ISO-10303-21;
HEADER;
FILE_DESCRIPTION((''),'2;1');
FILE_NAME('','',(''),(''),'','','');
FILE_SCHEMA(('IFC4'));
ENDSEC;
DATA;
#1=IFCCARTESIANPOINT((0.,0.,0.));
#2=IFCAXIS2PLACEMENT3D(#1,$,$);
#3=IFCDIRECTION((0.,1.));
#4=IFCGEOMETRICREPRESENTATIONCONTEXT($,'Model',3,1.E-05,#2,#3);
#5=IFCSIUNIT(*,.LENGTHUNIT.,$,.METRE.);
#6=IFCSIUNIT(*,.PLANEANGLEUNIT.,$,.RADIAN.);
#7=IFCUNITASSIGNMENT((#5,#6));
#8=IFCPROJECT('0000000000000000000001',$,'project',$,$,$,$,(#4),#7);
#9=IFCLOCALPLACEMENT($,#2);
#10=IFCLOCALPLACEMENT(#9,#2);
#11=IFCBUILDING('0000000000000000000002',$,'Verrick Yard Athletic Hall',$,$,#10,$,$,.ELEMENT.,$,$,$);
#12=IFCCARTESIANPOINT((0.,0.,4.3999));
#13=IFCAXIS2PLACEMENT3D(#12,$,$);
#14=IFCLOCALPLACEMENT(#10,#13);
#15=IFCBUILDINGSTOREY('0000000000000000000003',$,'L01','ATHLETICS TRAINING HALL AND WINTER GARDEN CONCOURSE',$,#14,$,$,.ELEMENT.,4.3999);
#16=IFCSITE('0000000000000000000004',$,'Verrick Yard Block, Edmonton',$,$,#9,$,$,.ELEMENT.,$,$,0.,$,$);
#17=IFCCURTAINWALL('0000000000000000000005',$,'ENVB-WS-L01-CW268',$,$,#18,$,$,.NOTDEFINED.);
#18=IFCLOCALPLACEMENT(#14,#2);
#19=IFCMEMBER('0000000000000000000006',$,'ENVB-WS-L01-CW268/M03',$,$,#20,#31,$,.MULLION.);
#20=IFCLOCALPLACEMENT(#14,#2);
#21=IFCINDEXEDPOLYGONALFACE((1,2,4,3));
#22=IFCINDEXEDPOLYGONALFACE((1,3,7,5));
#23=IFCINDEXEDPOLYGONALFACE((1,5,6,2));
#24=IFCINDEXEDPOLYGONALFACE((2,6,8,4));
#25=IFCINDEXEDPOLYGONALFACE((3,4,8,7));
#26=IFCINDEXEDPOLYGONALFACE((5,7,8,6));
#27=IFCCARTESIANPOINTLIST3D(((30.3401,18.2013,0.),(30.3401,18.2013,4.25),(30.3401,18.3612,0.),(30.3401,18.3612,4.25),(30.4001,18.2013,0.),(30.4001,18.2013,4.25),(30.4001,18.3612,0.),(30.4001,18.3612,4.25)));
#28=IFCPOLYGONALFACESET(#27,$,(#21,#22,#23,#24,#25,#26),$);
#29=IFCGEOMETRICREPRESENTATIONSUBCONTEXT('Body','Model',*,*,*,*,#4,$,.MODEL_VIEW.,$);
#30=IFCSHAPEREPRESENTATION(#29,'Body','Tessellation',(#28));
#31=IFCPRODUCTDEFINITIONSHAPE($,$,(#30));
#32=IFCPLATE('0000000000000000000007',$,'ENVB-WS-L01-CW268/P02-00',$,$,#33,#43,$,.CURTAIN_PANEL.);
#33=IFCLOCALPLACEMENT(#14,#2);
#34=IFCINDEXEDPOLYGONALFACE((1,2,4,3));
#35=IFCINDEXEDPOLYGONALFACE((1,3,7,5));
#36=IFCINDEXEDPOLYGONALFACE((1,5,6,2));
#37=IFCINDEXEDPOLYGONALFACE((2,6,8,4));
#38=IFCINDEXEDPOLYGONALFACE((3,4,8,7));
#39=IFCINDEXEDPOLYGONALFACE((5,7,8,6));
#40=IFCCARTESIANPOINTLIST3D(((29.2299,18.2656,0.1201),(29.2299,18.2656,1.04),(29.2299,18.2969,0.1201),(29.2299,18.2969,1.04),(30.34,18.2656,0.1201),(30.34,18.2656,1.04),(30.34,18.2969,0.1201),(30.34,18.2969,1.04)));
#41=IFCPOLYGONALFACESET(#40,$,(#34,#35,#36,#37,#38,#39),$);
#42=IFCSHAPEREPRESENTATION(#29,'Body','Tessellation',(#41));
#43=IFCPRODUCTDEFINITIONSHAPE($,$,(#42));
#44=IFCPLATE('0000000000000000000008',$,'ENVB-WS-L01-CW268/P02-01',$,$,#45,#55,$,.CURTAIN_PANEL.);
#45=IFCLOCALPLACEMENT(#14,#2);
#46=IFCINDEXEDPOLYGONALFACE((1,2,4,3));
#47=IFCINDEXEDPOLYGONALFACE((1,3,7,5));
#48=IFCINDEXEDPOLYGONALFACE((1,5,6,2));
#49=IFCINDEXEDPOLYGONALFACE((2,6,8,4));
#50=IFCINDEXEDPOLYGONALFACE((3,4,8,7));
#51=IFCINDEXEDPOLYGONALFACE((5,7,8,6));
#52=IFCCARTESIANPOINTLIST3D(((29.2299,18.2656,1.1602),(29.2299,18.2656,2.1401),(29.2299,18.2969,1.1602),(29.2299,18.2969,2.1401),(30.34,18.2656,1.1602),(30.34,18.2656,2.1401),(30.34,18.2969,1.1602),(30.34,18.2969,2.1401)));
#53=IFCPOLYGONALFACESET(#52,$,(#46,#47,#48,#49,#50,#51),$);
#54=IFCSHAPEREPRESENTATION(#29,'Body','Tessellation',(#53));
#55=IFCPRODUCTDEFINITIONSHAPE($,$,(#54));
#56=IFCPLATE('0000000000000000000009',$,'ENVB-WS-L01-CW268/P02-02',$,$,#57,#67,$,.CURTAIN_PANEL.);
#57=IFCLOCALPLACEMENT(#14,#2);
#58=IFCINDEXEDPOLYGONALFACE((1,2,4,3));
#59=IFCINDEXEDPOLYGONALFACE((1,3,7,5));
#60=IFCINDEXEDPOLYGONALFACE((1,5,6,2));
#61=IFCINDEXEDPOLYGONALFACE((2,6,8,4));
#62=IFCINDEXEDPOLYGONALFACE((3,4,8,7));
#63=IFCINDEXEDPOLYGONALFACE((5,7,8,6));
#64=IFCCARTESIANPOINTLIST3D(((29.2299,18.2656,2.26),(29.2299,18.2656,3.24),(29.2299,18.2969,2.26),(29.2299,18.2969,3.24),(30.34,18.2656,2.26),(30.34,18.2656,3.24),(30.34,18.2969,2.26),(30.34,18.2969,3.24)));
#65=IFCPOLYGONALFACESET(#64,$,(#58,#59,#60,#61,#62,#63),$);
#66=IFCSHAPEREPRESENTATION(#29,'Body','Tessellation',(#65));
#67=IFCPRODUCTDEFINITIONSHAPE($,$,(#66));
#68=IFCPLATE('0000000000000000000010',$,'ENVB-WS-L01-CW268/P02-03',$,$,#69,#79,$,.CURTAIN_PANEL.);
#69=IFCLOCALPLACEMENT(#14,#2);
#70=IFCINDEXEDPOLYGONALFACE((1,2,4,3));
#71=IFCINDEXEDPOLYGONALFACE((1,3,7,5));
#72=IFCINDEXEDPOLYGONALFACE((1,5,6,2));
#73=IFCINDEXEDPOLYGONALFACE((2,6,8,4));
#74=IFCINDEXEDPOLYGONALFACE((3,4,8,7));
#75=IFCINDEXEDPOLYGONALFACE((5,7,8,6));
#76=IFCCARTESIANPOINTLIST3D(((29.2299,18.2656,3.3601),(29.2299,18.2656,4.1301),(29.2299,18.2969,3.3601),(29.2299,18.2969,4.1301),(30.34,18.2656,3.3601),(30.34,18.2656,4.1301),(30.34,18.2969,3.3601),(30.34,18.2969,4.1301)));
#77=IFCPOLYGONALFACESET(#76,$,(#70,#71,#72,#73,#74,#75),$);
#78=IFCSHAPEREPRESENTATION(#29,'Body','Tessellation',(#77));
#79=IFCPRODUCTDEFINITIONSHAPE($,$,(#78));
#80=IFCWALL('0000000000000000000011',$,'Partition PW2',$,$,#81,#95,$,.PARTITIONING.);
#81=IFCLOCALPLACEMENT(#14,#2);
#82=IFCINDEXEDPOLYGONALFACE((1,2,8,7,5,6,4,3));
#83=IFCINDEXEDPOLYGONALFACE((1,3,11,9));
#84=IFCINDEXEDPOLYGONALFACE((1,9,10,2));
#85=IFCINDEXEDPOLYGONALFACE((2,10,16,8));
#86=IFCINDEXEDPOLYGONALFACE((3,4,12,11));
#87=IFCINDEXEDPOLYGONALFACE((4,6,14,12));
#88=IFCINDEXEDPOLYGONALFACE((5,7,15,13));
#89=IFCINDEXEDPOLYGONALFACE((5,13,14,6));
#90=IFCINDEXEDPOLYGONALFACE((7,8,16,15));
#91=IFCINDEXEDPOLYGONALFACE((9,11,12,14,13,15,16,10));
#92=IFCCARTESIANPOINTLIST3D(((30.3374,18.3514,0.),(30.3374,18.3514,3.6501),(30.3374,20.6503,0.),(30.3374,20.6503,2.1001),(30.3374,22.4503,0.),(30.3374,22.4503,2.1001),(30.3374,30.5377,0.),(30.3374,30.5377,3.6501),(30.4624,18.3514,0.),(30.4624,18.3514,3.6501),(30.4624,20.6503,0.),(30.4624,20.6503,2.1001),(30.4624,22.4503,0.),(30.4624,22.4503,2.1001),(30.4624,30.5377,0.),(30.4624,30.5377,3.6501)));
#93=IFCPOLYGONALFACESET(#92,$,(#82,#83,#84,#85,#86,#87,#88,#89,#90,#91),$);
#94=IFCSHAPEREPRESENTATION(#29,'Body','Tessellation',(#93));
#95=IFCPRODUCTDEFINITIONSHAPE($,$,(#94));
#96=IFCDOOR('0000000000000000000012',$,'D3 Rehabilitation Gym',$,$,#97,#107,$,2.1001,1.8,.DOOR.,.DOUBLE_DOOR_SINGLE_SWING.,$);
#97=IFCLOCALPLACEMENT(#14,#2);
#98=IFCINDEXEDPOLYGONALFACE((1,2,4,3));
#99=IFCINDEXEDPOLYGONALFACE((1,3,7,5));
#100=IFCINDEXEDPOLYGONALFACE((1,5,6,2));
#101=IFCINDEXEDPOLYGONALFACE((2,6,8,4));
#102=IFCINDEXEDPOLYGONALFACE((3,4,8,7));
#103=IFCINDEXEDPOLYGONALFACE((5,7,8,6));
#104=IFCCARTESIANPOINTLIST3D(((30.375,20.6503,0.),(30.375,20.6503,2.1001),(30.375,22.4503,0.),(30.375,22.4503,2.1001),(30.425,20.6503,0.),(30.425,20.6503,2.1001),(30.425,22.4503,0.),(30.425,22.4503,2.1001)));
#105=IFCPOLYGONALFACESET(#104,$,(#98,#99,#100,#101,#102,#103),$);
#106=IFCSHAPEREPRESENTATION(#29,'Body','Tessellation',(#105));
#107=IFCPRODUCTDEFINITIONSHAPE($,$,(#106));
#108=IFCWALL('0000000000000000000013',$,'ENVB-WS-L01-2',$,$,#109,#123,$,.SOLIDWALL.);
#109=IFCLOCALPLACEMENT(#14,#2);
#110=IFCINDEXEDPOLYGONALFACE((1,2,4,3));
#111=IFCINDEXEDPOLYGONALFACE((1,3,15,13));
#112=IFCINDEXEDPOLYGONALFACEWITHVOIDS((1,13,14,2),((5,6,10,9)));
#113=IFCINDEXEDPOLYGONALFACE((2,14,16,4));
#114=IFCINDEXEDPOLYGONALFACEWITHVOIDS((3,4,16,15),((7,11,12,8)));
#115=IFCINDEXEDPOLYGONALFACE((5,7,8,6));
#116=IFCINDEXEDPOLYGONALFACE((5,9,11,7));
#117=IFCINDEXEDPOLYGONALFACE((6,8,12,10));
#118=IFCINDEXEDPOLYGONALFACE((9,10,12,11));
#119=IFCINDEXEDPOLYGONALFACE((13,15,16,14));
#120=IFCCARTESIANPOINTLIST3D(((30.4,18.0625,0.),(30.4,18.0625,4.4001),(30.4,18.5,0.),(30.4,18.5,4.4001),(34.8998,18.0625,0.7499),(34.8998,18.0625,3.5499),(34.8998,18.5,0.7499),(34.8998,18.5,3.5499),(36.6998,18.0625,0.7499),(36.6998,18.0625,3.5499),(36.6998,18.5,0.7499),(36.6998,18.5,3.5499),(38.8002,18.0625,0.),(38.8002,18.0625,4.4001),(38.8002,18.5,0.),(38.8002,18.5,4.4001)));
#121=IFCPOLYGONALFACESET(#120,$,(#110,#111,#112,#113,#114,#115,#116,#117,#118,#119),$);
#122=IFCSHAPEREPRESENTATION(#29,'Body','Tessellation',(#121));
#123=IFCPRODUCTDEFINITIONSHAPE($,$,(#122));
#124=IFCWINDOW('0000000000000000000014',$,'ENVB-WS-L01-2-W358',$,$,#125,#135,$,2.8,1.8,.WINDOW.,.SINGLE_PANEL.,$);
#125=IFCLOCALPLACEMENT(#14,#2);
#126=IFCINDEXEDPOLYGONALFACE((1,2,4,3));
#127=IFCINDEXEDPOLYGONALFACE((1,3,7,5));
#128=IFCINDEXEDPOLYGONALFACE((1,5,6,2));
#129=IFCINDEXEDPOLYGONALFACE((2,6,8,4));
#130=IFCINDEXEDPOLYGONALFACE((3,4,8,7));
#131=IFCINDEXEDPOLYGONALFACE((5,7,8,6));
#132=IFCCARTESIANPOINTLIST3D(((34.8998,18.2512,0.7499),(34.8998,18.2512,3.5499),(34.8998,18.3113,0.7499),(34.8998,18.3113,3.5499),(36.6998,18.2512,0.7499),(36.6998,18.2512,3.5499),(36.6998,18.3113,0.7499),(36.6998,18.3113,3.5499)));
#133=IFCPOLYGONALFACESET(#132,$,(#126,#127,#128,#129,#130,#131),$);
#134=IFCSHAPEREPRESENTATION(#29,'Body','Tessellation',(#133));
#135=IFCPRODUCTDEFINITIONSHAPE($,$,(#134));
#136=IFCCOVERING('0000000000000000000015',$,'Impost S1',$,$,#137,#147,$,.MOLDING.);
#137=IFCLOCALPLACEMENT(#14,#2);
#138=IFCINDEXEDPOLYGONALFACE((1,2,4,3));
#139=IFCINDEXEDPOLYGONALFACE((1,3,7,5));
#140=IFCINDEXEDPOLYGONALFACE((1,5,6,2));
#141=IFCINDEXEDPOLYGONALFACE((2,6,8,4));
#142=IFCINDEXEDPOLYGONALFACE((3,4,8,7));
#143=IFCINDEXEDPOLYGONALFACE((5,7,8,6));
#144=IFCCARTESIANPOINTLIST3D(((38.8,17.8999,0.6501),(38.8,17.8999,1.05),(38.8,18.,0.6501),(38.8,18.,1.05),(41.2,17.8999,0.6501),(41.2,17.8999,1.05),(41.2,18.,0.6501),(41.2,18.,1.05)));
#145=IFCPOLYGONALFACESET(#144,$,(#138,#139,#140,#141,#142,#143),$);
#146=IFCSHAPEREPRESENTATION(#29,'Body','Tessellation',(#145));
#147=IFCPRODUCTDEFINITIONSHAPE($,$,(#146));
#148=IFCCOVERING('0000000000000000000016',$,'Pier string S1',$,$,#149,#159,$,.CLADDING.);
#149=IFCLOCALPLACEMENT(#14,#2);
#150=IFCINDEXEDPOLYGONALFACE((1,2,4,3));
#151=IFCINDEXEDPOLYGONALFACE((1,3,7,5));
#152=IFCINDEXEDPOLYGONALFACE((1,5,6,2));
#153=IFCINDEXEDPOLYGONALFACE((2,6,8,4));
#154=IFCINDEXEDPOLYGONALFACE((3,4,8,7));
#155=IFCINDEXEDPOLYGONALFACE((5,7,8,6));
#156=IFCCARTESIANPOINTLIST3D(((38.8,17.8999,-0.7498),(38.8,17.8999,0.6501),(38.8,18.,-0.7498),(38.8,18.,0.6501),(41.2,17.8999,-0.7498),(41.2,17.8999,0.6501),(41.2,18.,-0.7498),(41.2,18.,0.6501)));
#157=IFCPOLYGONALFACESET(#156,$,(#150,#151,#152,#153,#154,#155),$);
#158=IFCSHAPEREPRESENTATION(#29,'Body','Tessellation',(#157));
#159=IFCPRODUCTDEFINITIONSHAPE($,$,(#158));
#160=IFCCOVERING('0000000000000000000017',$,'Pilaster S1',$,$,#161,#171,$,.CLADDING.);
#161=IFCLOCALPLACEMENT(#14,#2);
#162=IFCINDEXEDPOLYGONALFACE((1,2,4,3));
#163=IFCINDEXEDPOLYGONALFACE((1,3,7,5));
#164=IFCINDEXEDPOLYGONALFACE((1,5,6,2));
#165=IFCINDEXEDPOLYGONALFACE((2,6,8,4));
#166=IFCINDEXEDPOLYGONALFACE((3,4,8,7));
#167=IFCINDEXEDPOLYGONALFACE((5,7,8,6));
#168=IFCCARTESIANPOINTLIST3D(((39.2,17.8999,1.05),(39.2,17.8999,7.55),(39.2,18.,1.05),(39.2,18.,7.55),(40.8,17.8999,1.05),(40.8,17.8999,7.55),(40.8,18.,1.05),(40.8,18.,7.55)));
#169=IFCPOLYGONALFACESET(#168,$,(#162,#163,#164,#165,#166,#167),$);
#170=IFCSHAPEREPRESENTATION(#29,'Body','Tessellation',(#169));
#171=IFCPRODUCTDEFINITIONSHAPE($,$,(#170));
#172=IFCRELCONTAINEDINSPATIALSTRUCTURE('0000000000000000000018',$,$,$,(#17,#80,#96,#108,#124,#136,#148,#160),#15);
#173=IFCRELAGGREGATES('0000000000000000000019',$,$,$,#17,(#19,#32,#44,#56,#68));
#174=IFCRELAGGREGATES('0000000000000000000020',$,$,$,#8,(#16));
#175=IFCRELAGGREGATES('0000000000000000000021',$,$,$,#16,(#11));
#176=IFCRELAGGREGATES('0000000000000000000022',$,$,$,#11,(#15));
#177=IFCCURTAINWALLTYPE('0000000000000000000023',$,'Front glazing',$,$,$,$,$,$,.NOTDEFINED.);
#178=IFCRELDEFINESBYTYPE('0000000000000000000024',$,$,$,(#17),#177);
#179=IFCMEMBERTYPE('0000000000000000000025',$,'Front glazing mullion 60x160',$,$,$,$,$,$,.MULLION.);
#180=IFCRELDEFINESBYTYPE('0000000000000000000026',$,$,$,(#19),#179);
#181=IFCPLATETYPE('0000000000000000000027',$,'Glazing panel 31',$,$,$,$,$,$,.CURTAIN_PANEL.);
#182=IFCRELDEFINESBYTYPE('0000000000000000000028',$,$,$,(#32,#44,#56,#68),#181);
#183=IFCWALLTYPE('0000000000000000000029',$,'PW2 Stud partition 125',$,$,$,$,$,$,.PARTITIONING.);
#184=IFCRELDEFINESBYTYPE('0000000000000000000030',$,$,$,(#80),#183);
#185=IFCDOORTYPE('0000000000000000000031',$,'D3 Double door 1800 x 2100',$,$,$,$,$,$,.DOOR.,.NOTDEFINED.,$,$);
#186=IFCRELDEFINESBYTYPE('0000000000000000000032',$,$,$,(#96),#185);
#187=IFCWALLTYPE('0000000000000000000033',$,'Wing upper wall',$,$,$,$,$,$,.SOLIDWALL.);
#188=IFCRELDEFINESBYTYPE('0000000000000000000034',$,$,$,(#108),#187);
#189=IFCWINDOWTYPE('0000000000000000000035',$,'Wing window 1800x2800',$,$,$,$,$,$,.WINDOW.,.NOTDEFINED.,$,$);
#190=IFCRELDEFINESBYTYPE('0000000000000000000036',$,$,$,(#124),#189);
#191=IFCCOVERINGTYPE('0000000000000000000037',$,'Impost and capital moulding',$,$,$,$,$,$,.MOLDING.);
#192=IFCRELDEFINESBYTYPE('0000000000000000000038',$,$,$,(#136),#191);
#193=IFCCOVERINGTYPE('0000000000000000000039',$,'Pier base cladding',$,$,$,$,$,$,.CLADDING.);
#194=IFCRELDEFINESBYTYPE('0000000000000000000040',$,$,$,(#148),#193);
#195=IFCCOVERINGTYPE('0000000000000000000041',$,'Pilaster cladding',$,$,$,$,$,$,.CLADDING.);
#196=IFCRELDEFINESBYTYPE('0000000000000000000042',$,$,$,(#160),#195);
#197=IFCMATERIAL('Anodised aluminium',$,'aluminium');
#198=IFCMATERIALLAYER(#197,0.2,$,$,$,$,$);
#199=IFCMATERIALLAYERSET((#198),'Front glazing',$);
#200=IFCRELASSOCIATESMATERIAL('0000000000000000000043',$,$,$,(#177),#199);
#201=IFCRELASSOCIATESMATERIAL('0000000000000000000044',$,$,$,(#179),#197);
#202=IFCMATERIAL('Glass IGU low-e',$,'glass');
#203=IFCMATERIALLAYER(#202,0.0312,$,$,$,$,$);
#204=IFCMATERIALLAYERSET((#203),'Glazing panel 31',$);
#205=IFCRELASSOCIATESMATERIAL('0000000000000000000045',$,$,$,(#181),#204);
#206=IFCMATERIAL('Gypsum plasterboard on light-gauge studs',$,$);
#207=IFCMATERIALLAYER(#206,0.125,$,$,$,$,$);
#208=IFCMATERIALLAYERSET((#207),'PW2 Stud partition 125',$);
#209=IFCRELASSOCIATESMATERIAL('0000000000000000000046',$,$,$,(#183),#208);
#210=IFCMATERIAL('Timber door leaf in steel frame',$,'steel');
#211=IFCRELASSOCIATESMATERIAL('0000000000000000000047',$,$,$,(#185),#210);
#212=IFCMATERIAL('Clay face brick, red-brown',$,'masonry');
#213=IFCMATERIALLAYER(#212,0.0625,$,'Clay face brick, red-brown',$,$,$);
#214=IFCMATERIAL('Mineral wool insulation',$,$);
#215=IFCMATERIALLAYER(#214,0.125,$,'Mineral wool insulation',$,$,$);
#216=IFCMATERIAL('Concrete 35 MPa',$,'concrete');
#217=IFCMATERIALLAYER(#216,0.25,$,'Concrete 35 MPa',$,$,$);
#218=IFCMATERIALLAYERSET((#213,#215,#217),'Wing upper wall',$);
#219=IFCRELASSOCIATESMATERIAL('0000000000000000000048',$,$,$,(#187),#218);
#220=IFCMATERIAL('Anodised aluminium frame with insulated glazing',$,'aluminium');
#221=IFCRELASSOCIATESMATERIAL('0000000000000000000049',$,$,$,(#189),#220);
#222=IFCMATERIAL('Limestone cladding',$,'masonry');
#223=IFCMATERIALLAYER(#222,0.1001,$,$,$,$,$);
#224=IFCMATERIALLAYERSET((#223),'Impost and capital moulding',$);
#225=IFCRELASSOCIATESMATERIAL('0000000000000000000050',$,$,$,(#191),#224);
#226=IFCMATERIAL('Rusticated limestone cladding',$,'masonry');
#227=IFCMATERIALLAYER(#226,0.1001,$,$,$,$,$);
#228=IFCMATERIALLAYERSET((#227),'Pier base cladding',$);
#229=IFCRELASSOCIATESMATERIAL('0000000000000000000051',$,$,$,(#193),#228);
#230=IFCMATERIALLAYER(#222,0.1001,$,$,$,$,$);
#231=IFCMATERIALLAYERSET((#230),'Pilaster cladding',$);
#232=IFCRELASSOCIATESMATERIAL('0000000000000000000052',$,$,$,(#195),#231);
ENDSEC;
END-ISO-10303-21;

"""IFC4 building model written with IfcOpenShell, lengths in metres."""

from ifc_helpers import new_model, si_unit, direction, frame, frame_2d, origin, origin_2d, place, context, subcontext, project, spatial, rectangle, extrude, material, layer, layer_set, material_profile, profile_set, type_object, element, fill, aggregate, save


model = new_model("IFC4")

# Units and contexts
model_context = context("Model", 3, precision=1e-05, world=origin(), true_north=direction((0.0, 1.0)))
body_context = subcontext(model_context, "Body", "Model", "MODEL_VIEW")
ifc_project = project(units=[si_unit("LENGTHUNIT", "METRE"), si_unit("PLANEANGLEUNIT", "RADIAN")], contexts=[model_context])

# Site, building, storey
site_placement = place(None, origin())
site = spatial("IfcSite", under=ifc_project, at=site_placement, Name="Verrick Yard Block, Edmonton", CompositionType="ELEMENT", RefElevation=0.0)
building_placement = place(site_placement, origin())
building = spatial("IfcBuilding", under=site, at=building_placement, Name="Verrick Yard Athletic Hall", CompositionType="ELEMENT")
storey_placement = place(building_placement, frame((0.0, 0.0, 4.3999)))
storey = spatial("IfcBuildingStorey", under=building, at=storey_placement, Name="L01", Description="ATHLETICS TRAINING HALL AND WINTER GARDEN CONCOURSE", CompositionType="ELEMENT", Elevation=4.3999)

# Curtain wall, member
ifc_material_1 = material(Name="Anodised aluminium", Category="aluminium")
ifc_layer_1 = layer(ifc_material_1, 0.2)
ifc_layer_set_1 = layer_set([ifc_layer_1], Name="Front glazing")
curtain_wall_type_1 = type_object("IfcCurtainWallType", Name="Front glazing", PredefinedType="NOTDEFINED", material=ifc_layer_set_1)
curtain_wall_1_placement = place(storey_placement, origin())
curtain_wall_1 = element("IfcCurtainWall", 1, at=curtain_wall_1_placement, inside=storey, type_object=curtain_wall_type_1, Name="ENVB-WS-L01-CW268", PredefinedType="NOTDEFINED")
ifc_material_profile = material_profile(ifc_material_1, rectangle(XDim=0.1599, YDim=0.0601, at=origin_2d()), Name="CW mullion 60x160")
ifc_profile_set = profile_set([ifc_material_profile], Name="Anodised aluminium")
member_type = type_object("IfcMemberType", Name="Front glazing mullion 60x160", PredefinedType="MULLION", material=ifc_profile_set)
member_placement = place(storey_placement, frame((30.3701, 18.2812, 0.0), z_axis=(0.0, 0.0, 1.0), x_axis=(0.0, 1.0, 0.0)))
member = element("IfcMember", 2, at=member_placement, type_object=member_type, Name="ENVB-WS-L01-CW268/M03", PredefinedType="MULLION", context=body_context, shape_type="SweptSolid", body=[
    extrude(rectangle(XDim=0.1599, YDim=0.0601, at=origin_2d()), origin(), (0.0, 0.0, 1.0), 4.25),
])

# Plates
ifc_material_2 = material(Name="Glass IGU low-e", Category="glass")
ifc_layer_2 = layer(ifc_material_2, 0.0312)
ifc_layer_set_2 = layer_set([ifc_layer_2], Name="Glazing panel 31")
plate_type_1 = type_object("IfcPlateType", Name="Glazing panel 31", PredefinedType="CURTAIN_PANEL", material=ifc_layer_set_2)
plate_1_placement = place(storey_placement, frame((29.7849, 18.2812, 0.1201), z_axis=(0.0, 0.0, 1.0), x_axis=(1.0, 0.0, 0.0)))
plate_1 = element("IfcPlate", 3, at=plate_1_placement, type_object=plate_type_1, Name="ENVB-WS-L01-CW268/P02-00", PredefinedType="CURTAIN_PANEL", context=body_context, shape_type="SweptSolid", body=[
    extrude(rectangle(XDim=1.1101, YDim=0.0312, at=origin_2d()), origin(), (0.0, 0.0, 1.0), 0.9199),
])
plate_2_placement = place(storey_placement, frame((29.7849, 18.2812, 1.1602), z_axis=(0.0, 0.0, 1.0), x_axis=(1.0, 0.0, 0.0)))
plate_2 = element("IfcPlate", 4, at=plate_2_placement, type_object=plate_type_1, Name="ENVB-WS-L01-CW268/P02-01", PredefinedType="CURTAIN_PANEL", context=body_context, shape_type="SweptSolid", body=[
    extrude(rectangle(XDim=1.1101, YDim=0.0312, at=origin_2d()), origin(), (0.0, 0.0, 1.0), 0.98),
])
plate_3_placement = place(storey_placement, frame((29.7849, 18.2812, 2.26), z_axis=(0.0, 0.0, 1.0), x_axis=(1.0, 0.0, 0.0)))
plate_3 = element("IfcPlate", 5, at=plate_3_placement, type_object=plate_type_1, Name="ENVB-WS-L01-CW268/P02-02", PredefinedType="CURTAIN_PANEL", context=body_context, shape_type="SweptSolid", body=[
    extrude(rectangle(XDim=1.1101, YDim=0.0312, at=origin_2d()), origin(), (0.0, 0.0, 1.0), 0.98),
])
plate_4_placement = place(storey_placement, frame((29.7849, 18.2812, 3.3601), z_axis=(0.0, 0.0, 1.0), x_axis=(1.0, 0.0, 0.0)))
plate_4 = element("IfcPlate", 6, at=plate_4_placement, type_object=plate_type_1, Name="ENVB-WS-L01-CW268/P02-03", PredefinedType="CURTAIN_PANEL", context=body_context, shape_type="SweptSolid", body=[
    extrude(rectangle(XDim=1.1101, YDim=0.0312, at=origin_2d()), origin(), (0.0, 0.0, 1.0), 0.77),
])
aggregate(curtain_wall_1, [member, plate_1, plate_2, plate_3, plate_4])

# Wall, opening, door
ifc_material_3 = material(Name="Gypsum plasterboard on light-gauge studs")
ifc_layer_3 = layer(ifc_material_3, 0.125)
ifc_layer_set_3 = layer_set([ifc_layer_3], Name="PW2 Stud partition 125")
wall_type_1 = type_object("IfcWallType", Name="PW2 Stud partition 125", PredefinedType="PARTITIONING", material=ifc_layer_set_3)
wall_1_placement = place(storey_placement, frame((30.3999, 18.3513, 0.0), z_axis=(0.0, 0.0, 1.0), x_axis=(0.0, 1.0, 0.0)))
wall_1 = element("IfcWall", 7, at=wall_1_placement, inside=storey, type_object=wall_type_1, Name="Partition PW2", PredefinedType="PARTITIONING", context=body_context, shape_type="SweptSolid", body=[
    extrude(rectangle(XDim=12.1863, YDim=0.125, at=frame_2d((6.0933, 0.0))), origin(), (0.0, 0.0, 1.0), 3.6501),
])
opening_1_placement = place(wall_1_placement, frame((2.2991, 0.0, 0.0)))
opening_1 = element("IfcOpeningElement", 8, at=opening_1_placement, cuts=wall_1, PredefinedType="OPENING", context=body_context, shape_type="SweptSolid", body=[
    extrude(rectangle(XDim=1.8, YDim=2.1001, at=frame_2d((0.8999, 1.05))), frame((0.0, 0.0725, 0.0), z_axis=(0.0, -1.0, 0.0), x_axis=(1.0, 0.0, 0.0)), (0.0, 0.0, 1.0), 0.145),
])
ifc_material_4 = material(Name="Timber door leaf in steel frame", Category="steel")
door_type = type_object("IfcDoorType", Name="D3 Double door 1800 x 2100", OperationType="NOTDEFINED", PredefinedType="DOOR", material=ifc_material_4)
door_placement = place(opening_1_placement, origin())
door = element("IfcDoor", 9, at=door_placement, inside=storey, type_object=door_type, Name="D3 Rehabilitation Gym", OperationType="DOUBLE_DOOR_SINGLE_SWING", OverallHeight=2.1001, OverallWidth=1.8, PredefinedType="DOOR", context=body_context, shape_type="SweptSolid", body=[
    extrude(rectangle(XDim=1.8, YDim=2.1001, at=frame_2d((0.8999, 1.05))), frame((0.0, 0.0249, 0.0), z_axis=(0.0, -1.0, 0.0), x_axis=(1.0, 0.0, 0.0)), (0.0, 0.0, 1.0), 0.05),
])
fill(opening_1, door)

# Wall, opening, window
ifc_material_5 = material(Name="Clay face brick, red-brown", Category="masonry")
ifc_layer_4 = layer(ifc_material_5, 0.0625, Name="Clay face brick, red-brown")
ifc_material_6 = material(Name="Mineral wool insulation")
ifc_layer_5 = layer(ifc_material_6, 0.125, Name="Mineral wool insulation")
ifc_material_7 = material(Name="Concrete 35 MPa", Category="concrete")
ifc_layer_6 = layer(ifc_material_7, 0.25, Name="Concrete 35 MPa")
ifc_layer_set_4 = layer_set([ifc_layer_4, ifc_layer_5, ifc_layer_6], Name="Wing upper wall")
wall_type_2 = type_object("IfcWallType", Name="Wing upper wall", PredefinedType="SOLIDWALL", material=ifc_layer_set_4)
wall_2_placement = place(storey_placement, frame((30.3999, 18.2812, 0.0), z_axis=(0.0, 0.0, 1.0), x_axis=(1.0, 0.0, 0.0)))
wall_2 = element("IfcWall", 10, at=wall_2_placement, inside=storey, type_object=wall_type_2, Name="ENVB-WS-L01-2", PredefinedType="SOLIDWALL", context=body_context, shape_type="SweptSolid", body=[
    extrude(rectangle(XDim=8.4001, YDim=0.4375, at=frame_2d((4.2002, 0.0))), origin(), (0.0, 0.0, 1.0), 4.4001),
])
opening_2_placement = place(wall_2_placement, frame((4.5, 0.0, 0.75)))
opening_2 = element("IfcOpeningElement", 11, at=opening_2_placement, cuts=wall_2, PredefinedType="OPENING", context=body_context, shape_type="SweptSolid", body=[
    extrude(rectangle(XDim=1.8, YDim=2.8, at=frame_2d((0.8999, 1.3999))), frame((0.0, 0.2288, 0.0), z_axis=(0.0, -1.0, 0.0), x_axis=(1.0, 0.0, 0.0)), (0.0, 0.0, 1.0), 0.4575),
])
ifc_material_8 = material(Name="Anodised aluminium frame with insulated glazing", Category="aluminium")
window_type = type_object("IfcWindowType", Name="Wing window 1800x2800", PartitioningType="NOTDEFINED", PredefinedType="WINDOW", material=ifc_material_8)
window_placement = place(opening_2_placement, origin())
window = element("IfcWindow", 12, at=window_placement, inside=storey, type_object=window_type, Name="ENVB-WS-L01-2-W358", OverallHeight=2.8, OverallWidth=1.8, PartitioningType="SINGLE_PANEL", PredefinedType="WINDOW", context=body_context, shape_type="SweptSolid", body=[
    extrude(rectangle(XDim=1.8, YDim=2.8, at=frame_2d((0.8999, 1.3999))), frame((0.0, 0.03, 0.0), z_axis=(0.0, -1.0, 0.0), x_axis=(1.0, 0.0, 0.0)), (0.0, 0.0, 1.0), 0.0601),
])
fill(opening_2, window)

# Coverings
ifc_material_9 = material(Name="Limestone cladding", Category="masonry")
ifc_layer_7 = layer(ifc_material_9, 0.1001)
ifc_layer_set_5 = layer_set([ifc_layer_7], Name="Impost and capital moulding")
covering_type_1 = type_object("IfcCoveringType", Name="Impost and capital moulding", PredefinedType="MOLDING", material=ifc_layer_set_5)
covering_1_placement = place(storey_placement, frame((40.0, 17.95, 0.6501), z_axis=(0.0, 0.0, 1.0), x_axis=(1.0, 0.0, 0.0)))
element("IfcCovering", 13, at=covering_1_placement, inside=storey, type_object=covering_type_1, Name="Impost S1", PredefinedType="MOLDING", context=body_context, shape_type="SweptSolid", body=[
    extrude(rectangle(XDim=2.3999, YDim=0.1001, at=origin_2d()), origin(), (0.0, 0.0, 1.0), 0.3999),
])
ifc_material_10 = material(Name="Rusticated limestone cladding", Category="masonry")
ifc_layer_8 = layer(ifc_material_10, 0.1001)
ifc_layer_set_6 = layer_set([ifc_layer_8], Name="Pier base cladding")
covering_type_2 = type_object("IfcCoveringType", Name="Pier base cladding", PredefinedType="CLADDING", material=ifc_layer_set_6)
covering_2_placement = place(storey_placement, frame((40.0, 17.95, -0.7498), z_axis=(0.0, 0.0, 1.0), x_axis=(1.0, 0.0, 0.0)))
element("IfcCovering", 14, at=covering_2_placement, inside=storey, type_object=covering_type_2, Name="Pier string S1", PredefinedType="CLADDING", context=body_context, shape_type="SweptSolid", body=[
    extrude(rectangle(XDim=2.3999, YDim=0.1001, at=origin_2d()), origin(), (0.0, 0.0, 1.0), 1.3999),
])
ifc_layer_9 = layer(ifc_material_9, 0.1001)
ifc_layer_set_7 = layer_set([ifc_layer_9], Name="Pilaster cladding")
covering_type_3 = type_object("IfcCoveringType", Name="Pilaster cladding", PredefinedType="CLADDING", material=ifc_layer_set_7)
covering_3_placement = place(storey_placement, frame((40.0, 17.95, 1.05), z_axis=(0.0, 0.0, 1.0), x_axis=(1.0, 0.0, 0.0)))
element("IfcCovering", 15, at=covering_3_placement, inside=storey, type_object=covering_type_3, Name="Pilaster S1", PredefinedType="CLADDING", context=body_context, shape_type="SweptSolid", body=[
    extrude(rectangle(XDim=1.6001, YDim=0.1001, at=origin_2d()), origin(), (0.0, 0.0, 1.0), 6.5),
])

save(model, "model.ifc")
